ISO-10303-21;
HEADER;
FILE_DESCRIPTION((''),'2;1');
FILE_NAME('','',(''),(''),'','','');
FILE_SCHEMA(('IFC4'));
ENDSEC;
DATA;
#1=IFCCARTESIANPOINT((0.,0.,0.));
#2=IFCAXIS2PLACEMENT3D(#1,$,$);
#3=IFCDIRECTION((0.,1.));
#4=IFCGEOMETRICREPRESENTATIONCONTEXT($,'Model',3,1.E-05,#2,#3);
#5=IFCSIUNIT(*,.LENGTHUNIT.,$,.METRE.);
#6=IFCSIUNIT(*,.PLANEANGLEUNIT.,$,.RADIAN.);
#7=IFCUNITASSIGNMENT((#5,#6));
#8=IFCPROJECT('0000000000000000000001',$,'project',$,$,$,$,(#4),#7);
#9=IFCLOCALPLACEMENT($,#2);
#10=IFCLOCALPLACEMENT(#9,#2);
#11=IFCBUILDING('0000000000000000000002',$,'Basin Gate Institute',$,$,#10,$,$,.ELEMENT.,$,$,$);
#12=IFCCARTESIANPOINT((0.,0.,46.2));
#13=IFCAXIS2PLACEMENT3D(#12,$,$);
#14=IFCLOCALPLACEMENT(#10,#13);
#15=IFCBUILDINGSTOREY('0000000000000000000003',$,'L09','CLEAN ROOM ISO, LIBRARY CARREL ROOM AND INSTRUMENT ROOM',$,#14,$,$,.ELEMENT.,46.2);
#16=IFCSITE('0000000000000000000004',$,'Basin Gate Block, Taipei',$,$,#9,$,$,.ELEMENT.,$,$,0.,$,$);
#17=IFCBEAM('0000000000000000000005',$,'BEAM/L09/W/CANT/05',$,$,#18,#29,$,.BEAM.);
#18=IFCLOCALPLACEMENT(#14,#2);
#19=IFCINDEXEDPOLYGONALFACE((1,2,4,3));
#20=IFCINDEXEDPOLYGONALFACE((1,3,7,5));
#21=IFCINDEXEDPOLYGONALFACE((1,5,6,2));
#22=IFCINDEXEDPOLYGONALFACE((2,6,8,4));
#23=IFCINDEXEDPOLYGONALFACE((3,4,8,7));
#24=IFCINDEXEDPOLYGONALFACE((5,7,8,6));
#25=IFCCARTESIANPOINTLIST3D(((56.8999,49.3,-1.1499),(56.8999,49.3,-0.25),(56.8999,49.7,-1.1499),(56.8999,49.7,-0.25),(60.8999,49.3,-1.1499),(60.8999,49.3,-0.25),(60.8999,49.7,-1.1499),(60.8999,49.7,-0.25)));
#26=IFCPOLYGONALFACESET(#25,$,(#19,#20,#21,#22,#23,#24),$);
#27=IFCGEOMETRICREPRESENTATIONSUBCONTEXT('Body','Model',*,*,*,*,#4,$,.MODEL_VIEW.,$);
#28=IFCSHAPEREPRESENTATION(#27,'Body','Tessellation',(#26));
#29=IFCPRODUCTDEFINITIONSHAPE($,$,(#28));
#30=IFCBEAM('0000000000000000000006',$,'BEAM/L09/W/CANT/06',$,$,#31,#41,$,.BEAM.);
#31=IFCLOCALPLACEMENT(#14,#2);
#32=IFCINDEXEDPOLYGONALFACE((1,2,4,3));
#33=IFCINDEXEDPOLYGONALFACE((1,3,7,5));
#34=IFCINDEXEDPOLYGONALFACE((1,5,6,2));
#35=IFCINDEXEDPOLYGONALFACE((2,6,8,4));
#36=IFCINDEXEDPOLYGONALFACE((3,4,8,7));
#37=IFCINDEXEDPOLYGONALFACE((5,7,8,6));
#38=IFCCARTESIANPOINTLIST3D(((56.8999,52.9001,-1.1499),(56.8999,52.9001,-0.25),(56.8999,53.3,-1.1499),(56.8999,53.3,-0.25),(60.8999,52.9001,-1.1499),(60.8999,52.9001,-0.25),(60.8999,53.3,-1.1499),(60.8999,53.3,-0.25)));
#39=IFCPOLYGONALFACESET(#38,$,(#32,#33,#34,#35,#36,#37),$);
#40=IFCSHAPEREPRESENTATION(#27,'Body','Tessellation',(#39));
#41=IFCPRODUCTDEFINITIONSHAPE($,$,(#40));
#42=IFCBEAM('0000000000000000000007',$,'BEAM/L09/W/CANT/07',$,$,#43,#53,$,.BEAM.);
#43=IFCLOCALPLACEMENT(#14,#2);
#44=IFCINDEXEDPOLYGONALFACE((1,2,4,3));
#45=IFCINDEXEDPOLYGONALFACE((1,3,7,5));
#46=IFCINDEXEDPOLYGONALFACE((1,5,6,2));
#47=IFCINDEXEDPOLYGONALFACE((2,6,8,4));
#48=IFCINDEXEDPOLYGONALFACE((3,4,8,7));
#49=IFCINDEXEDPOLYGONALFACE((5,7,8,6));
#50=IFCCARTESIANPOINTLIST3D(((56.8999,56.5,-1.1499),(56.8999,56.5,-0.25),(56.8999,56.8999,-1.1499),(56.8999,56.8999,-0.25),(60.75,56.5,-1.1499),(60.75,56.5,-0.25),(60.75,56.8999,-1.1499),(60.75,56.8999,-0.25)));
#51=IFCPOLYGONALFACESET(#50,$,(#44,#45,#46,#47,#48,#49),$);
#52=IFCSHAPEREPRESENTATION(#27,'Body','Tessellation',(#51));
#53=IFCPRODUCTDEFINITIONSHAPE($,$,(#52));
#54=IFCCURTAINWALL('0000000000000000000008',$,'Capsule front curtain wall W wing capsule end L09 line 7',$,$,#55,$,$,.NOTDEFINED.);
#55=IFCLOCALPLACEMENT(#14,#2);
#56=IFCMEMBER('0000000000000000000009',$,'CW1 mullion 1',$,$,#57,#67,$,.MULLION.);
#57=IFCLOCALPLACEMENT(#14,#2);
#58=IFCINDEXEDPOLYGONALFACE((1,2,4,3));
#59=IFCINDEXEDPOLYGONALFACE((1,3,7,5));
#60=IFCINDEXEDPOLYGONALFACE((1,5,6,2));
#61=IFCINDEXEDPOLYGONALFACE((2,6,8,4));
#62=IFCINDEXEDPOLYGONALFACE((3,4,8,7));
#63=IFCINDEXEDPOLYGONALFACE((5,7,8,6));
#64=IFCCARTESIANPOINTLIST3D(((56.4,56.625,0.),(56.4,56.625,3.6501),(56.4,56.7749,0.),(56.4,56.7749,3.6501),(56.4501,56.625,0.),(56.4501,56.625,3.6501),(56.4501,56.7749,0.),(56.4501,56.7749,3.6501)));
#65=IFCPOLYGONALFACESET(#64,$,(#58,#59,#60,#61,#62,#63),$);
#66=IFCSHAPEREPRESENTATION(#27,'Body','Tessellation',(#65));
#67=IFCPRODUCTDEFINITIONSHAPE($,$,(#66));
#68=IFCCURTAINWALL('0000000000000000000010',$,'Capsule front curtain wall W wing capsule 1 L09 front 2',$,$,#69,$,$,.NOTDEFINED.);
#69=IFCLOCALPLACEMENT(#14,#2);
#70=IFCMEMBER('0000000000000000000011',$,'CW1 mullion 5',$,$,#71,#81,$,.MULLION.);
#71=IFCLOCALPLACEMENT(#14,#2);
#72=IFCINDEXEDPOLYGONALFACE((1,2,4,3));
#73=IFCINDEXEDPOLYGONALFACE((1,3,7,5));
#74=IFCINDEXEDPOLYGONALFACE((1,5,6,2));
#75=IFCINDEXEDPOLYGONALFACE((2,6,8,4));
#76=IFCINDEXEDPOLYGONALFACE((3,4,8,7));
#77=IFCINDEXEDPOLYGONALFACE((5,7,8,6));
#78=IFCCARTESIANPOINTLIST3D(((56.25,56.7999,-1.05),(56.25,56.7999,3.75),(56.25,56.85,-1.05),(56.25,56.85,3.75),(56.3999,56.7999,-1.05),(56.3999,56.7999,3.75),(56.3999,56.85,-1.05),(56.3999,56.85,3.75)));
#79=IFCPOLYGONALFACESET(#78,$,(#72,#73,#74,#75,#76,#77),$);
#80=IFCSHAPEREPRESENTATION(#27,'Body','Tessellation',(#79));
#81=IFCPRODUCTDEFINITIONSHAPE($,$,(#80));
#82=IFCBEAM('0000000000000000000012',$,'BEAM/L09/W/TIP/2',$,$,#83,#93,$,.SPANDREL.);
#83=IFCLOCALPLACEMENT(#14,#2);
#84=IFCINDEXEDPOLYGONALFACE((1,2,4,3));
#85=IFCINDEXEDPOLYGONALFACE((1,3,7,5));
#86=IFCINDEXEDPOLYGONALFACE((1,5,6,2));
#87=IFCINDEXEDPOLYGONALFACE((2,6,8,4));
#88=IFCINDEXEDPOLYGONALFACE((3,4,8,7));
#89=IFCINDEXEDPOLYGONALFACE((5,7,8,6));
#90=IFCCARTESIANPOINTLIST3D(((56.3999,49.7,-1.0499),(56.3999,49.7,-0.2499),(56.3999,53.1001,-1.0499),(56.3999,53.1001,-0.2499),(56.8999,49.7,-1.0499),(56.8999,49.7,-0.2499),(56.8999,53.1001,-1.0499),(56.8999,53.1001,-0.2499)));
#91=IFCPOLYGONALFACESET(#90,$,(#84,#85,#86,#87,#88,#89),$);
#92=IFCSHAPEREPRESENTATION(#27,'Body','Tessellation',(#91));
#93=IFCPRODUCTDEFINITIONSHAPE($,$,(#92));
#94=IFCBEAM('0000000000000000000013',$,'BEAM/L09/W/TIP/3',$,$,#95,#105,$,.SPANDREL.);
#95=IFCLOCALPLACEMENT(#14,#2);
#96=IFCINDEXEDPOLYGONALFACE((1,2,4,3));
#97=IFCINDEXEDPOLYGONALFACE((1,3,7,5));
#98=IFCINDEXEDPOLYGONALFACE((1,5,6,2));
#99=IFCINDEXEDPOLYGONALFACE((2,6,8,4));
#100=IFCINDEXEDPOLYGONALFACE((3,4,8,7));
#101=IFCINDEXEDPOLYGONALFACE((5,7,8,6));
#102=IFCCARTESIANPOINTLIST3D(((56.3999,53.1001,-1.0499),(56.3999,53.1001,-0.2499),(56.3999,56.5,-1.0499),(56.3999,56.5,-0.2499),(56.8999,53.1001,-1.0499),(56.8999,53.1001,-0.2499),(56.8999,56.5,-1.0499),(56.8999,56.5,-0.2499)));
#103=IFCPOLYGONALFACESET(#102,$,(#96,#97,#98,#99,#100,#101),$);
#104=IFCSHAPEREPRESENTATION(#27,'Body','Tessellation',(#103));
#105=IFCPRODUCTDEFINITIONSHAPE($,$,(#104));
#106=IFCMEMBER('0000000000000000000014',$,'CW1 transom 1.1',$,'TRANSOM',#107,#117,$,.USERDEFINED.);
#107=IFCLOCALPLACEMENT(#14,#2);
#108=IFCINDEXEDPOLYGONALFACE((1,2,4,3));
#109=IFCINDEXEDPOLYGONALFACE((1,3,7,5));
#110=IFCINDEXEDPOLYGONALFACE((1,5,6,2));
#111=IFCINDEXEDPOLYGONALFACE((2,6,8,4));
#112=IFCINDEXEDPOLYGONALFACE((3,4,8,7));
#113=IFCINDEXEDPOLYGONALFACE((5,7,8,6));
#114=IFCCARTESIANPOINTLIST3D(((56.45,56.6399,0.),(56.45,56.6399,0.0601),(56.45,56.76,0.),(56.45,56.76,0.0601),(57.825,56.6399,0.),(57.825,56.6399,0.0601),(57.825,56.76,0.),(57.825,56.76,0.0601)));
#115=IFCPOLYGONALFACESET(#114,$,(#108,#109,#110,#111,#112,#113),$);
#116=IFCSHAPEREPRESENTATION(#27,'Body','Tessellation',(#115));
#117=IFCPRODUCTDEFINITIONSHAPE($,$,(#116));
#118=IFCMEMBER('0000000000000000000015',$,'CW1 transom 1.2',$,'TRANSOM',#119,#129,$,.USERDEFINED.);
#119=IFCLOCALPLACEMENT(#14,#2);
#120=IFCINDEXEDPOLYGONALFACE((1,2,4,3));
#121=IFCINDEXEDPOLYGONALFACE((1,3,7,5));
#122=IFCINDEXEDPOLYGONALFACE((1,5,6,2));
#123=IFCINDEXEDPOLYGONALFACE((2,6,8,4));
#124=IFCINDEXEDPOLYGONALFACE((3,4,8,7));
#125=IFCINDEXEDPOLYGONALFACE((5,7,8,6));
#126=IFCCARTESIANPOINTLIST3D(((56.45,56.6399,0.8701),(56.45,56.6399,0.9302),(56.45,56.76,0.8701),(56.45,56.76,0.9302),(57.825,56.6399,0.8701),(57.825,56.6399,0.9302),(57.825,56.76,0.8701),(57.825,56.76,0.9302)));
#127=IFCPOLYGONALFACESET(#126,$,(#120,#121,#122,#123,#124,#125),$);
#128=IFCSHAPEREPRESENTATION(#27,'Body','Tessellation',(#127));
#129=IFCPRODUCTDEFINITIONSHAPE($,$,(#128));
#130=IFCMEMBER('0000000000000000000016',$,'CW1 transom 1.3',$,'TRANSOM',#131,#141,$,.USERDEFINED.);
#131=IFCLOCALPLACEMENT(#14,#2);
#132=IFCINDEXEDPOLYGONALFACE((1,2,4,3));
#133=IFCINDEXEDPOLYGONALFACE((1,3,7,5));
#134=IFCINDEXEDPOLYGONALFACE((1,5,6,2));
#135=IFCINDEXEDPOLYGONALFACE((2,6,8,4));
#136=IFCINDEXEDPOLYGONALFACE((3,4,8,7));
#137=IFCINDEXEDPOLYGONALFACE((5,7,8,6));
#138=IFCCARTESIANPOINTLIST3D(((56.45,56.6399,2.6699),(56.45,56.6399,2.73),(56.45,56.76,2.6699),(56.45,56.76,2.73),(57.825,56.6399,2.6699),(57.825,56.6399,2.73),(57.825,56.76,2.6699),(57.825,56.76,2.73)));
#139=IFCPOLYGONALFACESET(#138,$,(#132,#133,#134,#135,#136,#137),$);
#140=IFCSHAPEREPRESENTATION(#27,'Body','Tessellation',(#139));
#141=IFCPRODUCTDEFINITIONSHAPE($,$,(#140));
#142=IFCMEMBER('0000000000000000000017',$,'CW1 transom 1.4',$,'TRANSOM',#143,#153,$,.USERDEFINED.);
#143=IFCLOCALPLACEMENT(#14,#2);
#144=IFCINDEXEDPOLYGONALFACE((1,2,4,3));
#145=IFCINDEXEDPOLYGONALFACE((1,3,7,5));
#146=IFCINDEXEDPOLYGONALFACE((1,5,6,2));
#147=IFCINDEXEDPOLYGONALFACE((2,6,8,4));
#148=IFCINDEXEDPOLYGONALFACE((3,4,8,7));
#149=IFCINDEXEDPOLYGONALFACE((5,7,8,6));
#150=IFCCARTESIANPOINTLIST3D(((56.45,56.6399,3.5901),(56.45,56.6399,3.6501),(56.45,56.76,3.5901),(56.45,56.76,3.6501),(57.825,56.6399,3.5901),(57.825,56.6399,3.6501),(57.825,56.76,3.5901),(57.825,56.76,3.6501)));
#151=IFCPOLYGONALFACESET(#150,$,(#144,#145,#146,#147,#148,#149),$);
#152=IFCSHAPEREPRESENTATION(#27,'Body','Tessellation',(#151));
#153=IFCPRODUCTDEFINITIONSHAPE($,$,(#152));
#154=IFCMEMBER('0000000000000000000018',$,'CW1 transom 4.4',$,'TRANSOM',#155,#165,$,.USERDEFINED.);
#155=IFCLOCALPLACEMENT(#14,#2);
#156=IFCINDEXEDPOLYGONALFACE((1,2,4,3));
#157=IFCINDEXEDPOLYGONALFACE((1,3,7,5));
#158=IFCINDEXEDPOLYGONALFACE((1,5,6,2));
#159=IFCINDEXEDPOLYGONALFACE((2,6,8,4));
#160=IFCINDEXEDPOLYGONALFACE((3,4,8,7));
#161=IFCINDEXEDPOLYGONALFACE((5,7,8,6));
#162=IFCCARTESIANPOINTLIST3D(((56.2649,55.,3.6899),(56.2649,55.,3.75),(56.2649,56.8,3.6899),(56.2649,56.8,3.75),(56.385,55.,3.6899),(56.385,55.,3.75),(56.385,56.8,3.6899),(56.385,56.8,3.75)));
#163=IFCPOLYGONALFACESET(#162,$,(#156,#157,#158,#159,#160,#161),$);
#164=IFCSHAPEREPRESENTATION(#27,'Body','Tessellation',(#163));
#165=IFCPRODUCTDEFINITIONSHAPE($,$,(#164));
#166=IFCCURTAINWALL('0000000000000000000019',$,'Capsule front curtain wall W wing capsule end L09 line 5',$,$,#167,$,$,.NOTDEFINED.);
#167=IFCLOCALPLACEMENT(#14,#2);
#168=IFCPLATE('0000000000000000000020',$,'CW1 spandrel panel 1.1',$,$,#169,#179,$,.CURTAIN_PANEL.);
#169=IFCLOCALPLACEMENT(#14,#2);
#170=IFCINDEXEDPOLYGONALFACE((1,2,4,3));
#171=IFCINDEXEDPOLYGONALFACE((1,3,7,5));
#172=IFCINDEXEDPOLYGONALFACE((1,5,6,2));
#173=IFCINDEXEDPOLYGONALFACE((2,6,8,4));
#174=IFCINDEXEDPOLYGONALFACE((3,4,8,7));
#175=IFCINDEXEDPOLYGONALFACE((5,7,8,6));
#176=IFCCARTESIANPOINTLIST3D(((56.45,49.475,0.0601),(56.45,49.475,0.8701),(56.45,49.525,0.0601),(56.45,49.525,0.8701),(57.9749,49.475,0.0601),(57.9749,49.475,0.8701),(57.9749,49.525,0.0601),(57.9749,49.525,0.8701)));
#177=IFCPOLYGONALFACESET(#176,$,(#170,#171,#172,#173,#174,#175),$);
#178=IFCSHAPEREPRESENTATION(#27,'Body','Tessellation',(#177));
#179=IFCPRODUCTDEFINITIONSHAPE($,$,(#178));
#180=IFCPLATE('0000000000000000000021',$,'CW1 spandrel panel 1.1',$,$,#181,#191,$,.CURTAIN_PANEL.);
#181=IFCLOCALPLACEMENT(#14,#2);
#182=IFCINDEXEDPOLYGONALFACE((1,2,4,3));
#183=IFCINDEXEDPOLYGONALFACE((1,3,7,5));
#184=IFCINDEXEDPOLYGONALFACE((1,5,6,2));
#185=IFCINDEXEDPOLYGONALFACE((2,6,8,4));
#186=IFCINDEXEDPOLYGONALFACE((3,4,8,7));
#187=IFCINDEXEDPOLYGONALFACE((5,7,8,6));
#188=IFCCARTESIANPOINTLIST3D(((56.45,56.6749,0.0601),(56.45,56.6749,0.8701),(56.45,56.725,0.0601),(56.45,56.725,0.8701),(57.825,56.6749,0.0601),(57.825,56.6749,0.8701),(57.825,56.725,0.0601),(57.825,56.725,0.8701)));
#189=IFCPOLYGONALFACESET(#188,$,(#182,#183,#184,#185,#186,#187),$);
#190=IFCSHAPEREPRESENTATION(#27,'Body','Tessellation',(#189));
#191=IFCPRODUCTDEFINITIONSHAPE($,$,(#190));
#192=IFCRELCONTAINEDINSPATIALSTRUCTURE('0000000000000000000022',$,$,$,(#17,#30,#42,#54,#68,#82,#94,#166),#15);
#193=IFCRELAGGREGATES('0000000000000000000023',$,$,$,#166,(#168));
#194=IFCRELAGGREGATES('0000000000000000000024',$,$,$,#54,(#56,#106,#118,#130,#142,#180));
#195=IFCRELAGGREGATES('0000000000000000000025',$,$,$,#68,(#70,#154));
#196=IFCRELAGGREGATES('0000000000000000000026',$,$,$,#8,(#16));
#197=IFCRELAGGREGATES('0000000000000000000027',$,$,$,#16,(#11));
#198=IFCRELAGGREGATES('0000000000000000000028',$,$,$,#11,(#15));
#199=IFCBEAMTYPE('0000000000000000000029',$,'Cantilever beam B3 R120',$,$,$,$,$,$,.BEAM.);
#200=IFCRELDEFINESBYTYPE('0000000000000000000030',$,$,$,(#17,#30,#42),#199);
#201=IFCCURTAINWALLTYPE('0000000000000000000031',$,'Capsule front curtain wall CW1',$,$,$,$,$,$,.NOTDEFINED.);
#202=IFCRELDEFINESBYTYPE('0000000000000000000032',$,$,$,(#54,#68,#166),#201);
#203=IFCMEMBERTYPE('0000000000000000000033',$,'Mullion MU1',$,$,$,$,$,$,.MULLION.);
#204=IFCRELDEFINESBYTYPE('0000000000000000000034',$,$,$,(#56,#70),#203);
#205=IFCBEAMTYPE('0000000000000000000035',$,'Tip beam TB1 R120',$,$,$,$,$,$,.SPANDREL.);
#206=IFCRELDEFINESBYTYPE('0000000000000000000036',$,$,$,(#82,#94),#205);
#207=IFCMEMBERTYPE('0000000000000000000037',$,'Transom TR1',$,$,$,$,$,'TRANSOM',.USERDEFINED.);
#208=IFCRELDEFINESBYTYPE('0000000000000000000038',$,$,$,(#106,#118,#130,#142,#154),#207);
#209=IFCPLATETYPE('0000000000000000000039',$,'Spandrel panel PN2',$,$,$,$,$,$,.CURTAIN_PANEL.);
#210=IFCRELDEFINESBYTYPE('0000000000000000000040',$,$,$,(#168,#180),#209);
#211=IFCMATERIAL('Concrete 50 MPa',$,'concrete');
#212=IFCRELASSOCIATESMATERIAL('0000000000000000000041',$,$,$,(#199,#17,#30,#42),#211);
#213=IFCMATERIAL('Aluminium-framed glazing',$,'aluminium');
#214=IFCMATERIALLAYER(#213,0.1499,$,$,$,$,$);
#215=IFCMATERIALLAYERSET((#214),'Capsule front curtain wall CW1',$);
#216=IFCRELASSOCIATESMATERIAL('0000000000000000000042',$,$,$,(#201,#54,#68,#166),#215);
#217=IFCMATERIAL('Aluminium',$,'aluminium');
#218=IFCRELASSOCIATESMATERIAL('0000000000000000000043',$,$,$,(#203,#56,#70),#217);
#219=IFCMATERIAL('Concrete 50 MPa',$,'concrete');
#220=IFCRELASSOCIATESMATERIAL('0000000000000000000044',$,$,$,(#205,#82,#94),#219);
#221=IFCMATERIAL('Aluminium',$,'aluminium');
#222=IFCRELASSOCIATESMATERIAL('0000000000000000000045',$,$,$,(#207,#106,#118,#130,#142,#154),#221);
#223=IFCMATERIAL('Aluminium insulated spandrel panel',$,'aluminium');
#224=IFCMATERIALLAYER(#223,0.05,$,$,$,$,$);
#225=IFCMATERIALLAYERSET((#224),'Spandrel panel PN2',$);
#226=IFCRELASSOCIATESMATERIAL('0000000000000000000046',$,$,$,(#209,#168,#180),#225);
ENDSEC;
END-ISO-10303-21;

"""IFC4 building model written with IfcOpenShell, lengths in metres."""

from ifc_helpers import new_model, si_unit, direction, frame, origin, origin_2d, place, context, subcontext, project, spatial, rectangle, extrude, material, layer, layer_set, material_profile, profile_set, type_object, element, aggregate, save


model = new_model("IFC4")

# Units and contexts
model_context = context("Model", 3, precision=1e-05, world=origin(), true_north=direction((0.0, 1.0)))
body_context = subcontext(model_context, "Body", "Model", "MODEL_VIEW")
ifc_project = project(units=[si_unit("LENGTHUNIT", "METRE"), si_unit("PLANEANGLEUNIT", "RADIAN")], contexts=[model_context])

# Site, building, storey
site_placement = place(None, origin())
site = spatial("IfcSite", under=ifc_project, at=site_placement, Name="Basin Gate Block, Taipei", CompositionType="ELEMENT", RefElevation=0.0)
building_placement = place(site_placement, origin())
building = spatial("IfcBuilding", under=site, at=building_placement, Name="Basin Gate Institute", CompositionType="ELEMENT")
storey_placement = place(building_placement, frame((0.0, 0.0, 46.2)))
storey = spatial("IfcBuildingStorey", under=building, at=storey_placement, Name="L09", Description="CLEAN ROOM ISO, LIBRARY CARREL ROOM AND INSTRUMENT ROOM", CompositionType="ELEMENT", Elevation=46.2)

# Beams
ifc_material_1 = material(Name="Concrete 50 MPa", Category="concrete")
ifc_material_profile_1 = material_profile(ifc_material_1, rectangle(XDim=0.3999, YDim=0.8999, at=origin_2d()), Name="Cantilever beam B3 400 x 900")
ifc_profile_set_1 = profile_set([ifc_material_profile_1], Name="Concrete 50 MPa")
beam_type_1 = type_object("IfcBeamType", Name="Cantilever beam B3 R120", PredefinedType="BEAM", material=ifc_profile_set_1)
for number, where, z_axis, x_axis, name in (
    (1, (56.8999, 49.5, -0.7), (1.0, 0.0, 0.0), (0.0, 1.0, 0.0), "BEAM/L09/W/CANT/05"),
    (2, (56.8999, 53.1001, -0.7), (1.0, 0.0, 0.0), (0.0, 1.0, 0.0), "BEAM/L09/W/CANT/06"),
):
    element("IfcBeam", number, at=place(storey_placement, frame(where, z_axis=z_axis, x_axis=x_axis)), inside=storey, type_object=beam_type_1, material=ifc_profile_set_1, Name=name, PredefinedType="BEAM", context=body_context, shape_type="SweptSolid", body=[
        extrude(rectangle(XDim=0.3999, YDim=0.8999, at=origin_2d()), origin(), (0.0, 0.0, 1.0), 4.0),
    ])
beam_1_placement = place(storey_placement, frame((56.8999, 56.7, -0.7), z_axis=(1.0, 0.0, 0.0), x_axis=(0.0, 1.0, 0.0)))
element("IfcBeam", 3, at=beam_1_placement, inside=storey, type_object=beam_type_1, material=ifc_profile_set_1, Name="BEAM/L09/W/CANT/07", PredefinedType="BEAM", context=body_context, shape_type="SweptSolid", body=[
    extrude(rectangle(XDim=0.3999, YDim=0.8999, at=origin_2d()), origin(), (0.0, 0.0, 1.0), 3.8501),
])

# Curtain walls, members
ifc_material_2 = material(Name="Aluminium-framed glazing", Category="aluminium")
ifc_layer_1 = layer(ifc_material_2, 0.1499)
ifc_layer_set_1 = layer_set([ifc_layer_1], Name="Capsule front curtain wall CW1")
curtain_wall_type = type_object("IfcCurtainWallType", Name="Capsule front curtain wall CW1", PredefinedType="NOTDEFINED", material=ifc_layer_set_1)
curtain_wall_1_placement = place(storey_placement, origin())
curtain_wall_1 = element("IfcCurtainWall", 4, at=curtain_wall_1_placement, inside=storey, type_object=curtain_wall_type, material=ifc_layer_set_1, Name="Capsule front curtain wall W wing capsule end L09 line 7", PredefinedType="NOTDEFINED")
ifc_material_3 = material(Name="Aluminium", Category="aluminium")
ifc_material_profile_2 = material_profile(ifc_material_3, rectangle(XDim=0.1499, YDim=0.05, at=origin_2d()), Name="Mullion MU1 150 x 50")
ifc_profile_set_2 = profile_set([ifc_material_profile_2], Name="Aluminium")
member_type_1 = type_object("IfcMemberType", Name="Mullion MU1", PredefinedType="MULLION", material=ifc_profile_set_2)
member_1_placement = place(storey_placement, frame((56.425, 56.7, 0.0), z_axis=(0.0, 0.0, 1.0), x_axis=(0.0, 1.0, 0.0)))
member_1 = element("IfcMember", 5, at=member_1_placement, type_object=member_type_1, material=ifc_profile_set_2, Name="CW1 mullion 1", PredefinedType="MULLION", context=body_context, shape_type="SweptSolid", body=[
    extrude(rectangle(XDim=0.1499, YDim=0.05, at=origin_2d()), origin(), (0.0, 0.0, 1.0), 3.6501),
])
curtain_wall_2_placement = place(storey_placement, origin())
curtain_wall_2 = element("IfcCurtainWall", 6, at=curtain_wall_2_placement, inside=storey, type_object=curtain_wall_type, material=ifc_layer_set_1, Name="Capsule front curtain wall W wing capsule 1 L09 front 2", PredefinedType="NOTDEFINED")
member_2_placement = place(storey_placement, frame((56.325, 56.825, -1.05), z_axis=(0.0, 0.0, 1.0), x_axis=(-1.0, 0.0, 0.0)))
member_2 = element("IfcMember", 7, at=member_2_placement, type_object=member_type_1, material=ifc_profile_set_2, Name="CW1 mullion 5", PredefinedType="MULLION", context=body_context, shape_type="SweptSolid", body=[
    extrude(rectangle(XDim=0.1499, YDim=0.05, at=origin_2d()), origin(), (0.0, 0.0, 1.0), 4.8),
])

# Beams
ifc_material_4 = material(Name="Concrete 50 MPa", Category="concrete")
ifc_material_profile_3 = material_profile(ifc_material_4, rectangle(XDim=0.5, YDim=0.8, at=origin_2d()), Name="Tip beam TB1 500 x 800")
ifc_profile_set_3 = profile_set([ifc_material_profile_3], Name="Concrete 50 MPa")
beam_type_2 = type_object("IfcBeamType", Name="Tip beam TB1 R120", PredefinedType="SPANDREL", material=ifc_profile_set_3)
beam_2_placement = place(storey_placement, frame((56.6499, 49.7, -0.6499), z_axis=(0.0, 1.0, 0.0), x_axis=(-1.0, 0.0, 0.0)))
element("IfcBeam", 8, at=beam_2_placement, inside=storey, type_object=beam_type_2, material=ifc_profile_set_3, Name="BEAM/L09/W/TIP/2", PredefinedType="SPANDREL", context=body_context, shape_type="SweptSolid", body=[
    extrude(rectangle(XDim=0.5, YDim=0.8, at=origin_2d()), origin(), (0.0, 0.0, 1.0), 3.4001),
])
beam_3_placement = place(storey_placement, frame((56.6499, 53.1001, -0.6499), z_axis=(0.0, 1.0, 0.0), x_axis=(-1.0, 0.0, 0.0)))
element("IfcBeam", 9, at=beam_3_placement, inside=storey, type_object=beam_type_2, material=ifc_profile_set_3, Name="BEAM/L09/W/TIP/3", PredefinedType="SPANDREL", context=body_context, shape_type="SweptSolid", body=[
    extrude(rectangle(XDim=0.5, YDim=0.8, at=origin_2d()), origin(), (0.0, 0.0, 1.0), 3.3999),
])

# Members
ifc_material_5 = material(Name="Aluminium", Category="aluminium")
ifc_material_profile_4 = material_profile(ifc_material_5, rectangle(XDim=0.1201, YDim=0.0601, at=origin_2d()), Name="Transom TR1 120 x 60")
ifc_profile_set_4 = profile_set([ifc_material_profile_4], Name="Aluminium")
member_type_2 = type_object("IfcMemberType", Name="Transom TR1", ElementType="TRANSOM", PredefinedType="USERDEFINED", material=ifc_profile_set_4)
member_3_placement = place(storey_placement, frame((56.45, 56.7, 0.03), z_axis=(1.0, 0.0, 0.0), x_axis=(0.0, 1.0, 0.0)))
member_3 = element("IfcMember", 10, at=member_3_placement, type_object=member_type_2, material=ifc_profile_set_4, Name="CW1 transom 1.1", ObjectType="TRANSOM", PredefinedType="USERDEFINED", context=body_context, shape_type="SweptSolid", body=[
    extrude(rectangle(XDim=0.1201, YDim=0.0601, at=origin_2d()), origin(), (0.0, 0.0, 1.0), 1.375),
])
member_4_placement = place(storey_placement, frame((56.45, 56.7, 0.9001), z_axis=(1.0, 0.0, 0.0), x_axis=(0.0, 1.0, 0.0)))
member_4 = element("IfcMember", 11, at=member_4_placement, type_object=member_type_2, material=ifc_profile_set_4, Name="CW1 transom 1.2", ObjectType="TRANSOM", PredefinedType="USERDEFINED", context=body_context, shape_type="SweptSolid", body=[
    extrude(rectangle(XDim=0.1201, YDim=0.0601, at=origin_2d()), origin(), (0.0, 0.0, 1.0), 1.375),
])
member_5_placement = place(storey_placement, frame((56.45, 56.7, 2.7), z_axis=(1.0, 0.0, 0.0), x_axis=(0.0, 1.0, 0.0)))
member_5 = element("IfcMember", 12, at=member_5_placement, type_object=member_type_2, material=ifc_profile_set_4, Name="CW1 transom 1.3", ObjectType="TRANSOM", PredefinedType="USERDEFINED", context=body_context, shape_type="SweptSolid", body=[
    extrude(rectangle(XDim=0.1201, YDim=0.0601, at=origin_2d()), origin(), (0.0, 0.0, 1.0), 1.375),
])
member_6_placement = place(storey_placement, frame((56.45, 56.7, 3.6201), z_axis=(1.0, 0.0, 0.0), x_axis=(0.0, 1.0, 0.0)))
member_6 = element("IfcMember", 13, at=member_6_placement, type_object=member_type_2, material=ifc_profile_set_4, Name="CW1 transom 1.4", ObjectType="TRANSOM", PredefinedType="USERDEFINED", context=body_context, shape_type="SweptSolid", body=[
    extrude(rectangle(XDim=0.1201, YDim=0.0601, at=origin_2d()), origin(), (0.0, 0.0, 1.0), 1.375),
])
member_7_placement = place(storey_placement, frame((56.325, 55.0, 3.72), z_axis=(0.0, 1.0, 0.0), x_axis=(-1.0, 0.0, 0.0)))
member_7 = element("IfcMember", 14, at=member_7_placement, type_object=member_type_2, material=ifc_profile_set_4, Name="CW1 transom 4.4", ObjectType="TRANSOM", PredefinedType="USERDEFINED", context=body_context, shape_type="SweptSolid", body=[
    extrude(rectangle(XDim=0.1201, YDim=0.0601, at=origin_2d()), origin(), (0.0, 0.0, 1.0), 1.8),
])

# Curtain wall, plate
curtain_wall_3_placement = place(storey_placement, origin())
curtain_wall_3 = element("IfcCurtainWall", 15, at=curtain_wall_3_placement, inside=storey, type_object=curtain_wall_type, material=ifc_layer_set_1, Name="Capsule front curtain wall W wing capsule end L09 line 5", PredefinedType="NOTDEFINED")
ifc_material_6 = material(Name="Aluminium insulated spandrel panel", Category="aluminium")
ifc_layer_2 = layer(ifc_material_6, 0.05)
ifc_layer_set_2 = layer_set([ifc_layer_2], Name="Spandrel panel PN2")
plate_type_1 = type_object("IfcPlateType", Name="Spandrel panel PN2", PredefinedType="CURTAIN_PANEL", material=ifc_layer_set_2)
plate_1_placement = place(storey_placement, frame((57.2124, 49.5, 0.0601), z_axis=(0.0, 0.0, 1.0), x_axis=(1.0, 0.0, 0.0)))
plate_1 = element("IfcPlate", 16, at=plate_1_placement, type_object=plate_type_1, material=ifc_layer_set_2, Name="CW1 spandrel panel 1.1", PredefinedType="CURTAIN_PANEL", context=body_context, shape_type="SweptSolid", body=[
    extrude(rectangle(XDim=1.5249, YDim=0.05, at=origin_2d()), origin(), (0.0, 0.0, 1.0), 0.8101),
])

# Plate
plate_2_placement = place(storey_placement, frame((57.1375, 56.7, 0.0601), z_axis=(0.0, 0.0, 1.0), x_axis=(1.0, 0.0, 0.0)))
plate_2 = element("IfcPlate", 17, at=plate_2_placement, type_object=plate_type_1, material=ifc_layer_set_2, Name="CW1 spandrel panel 1.1", PredefinedType="CURTAIN_PANEL", context=body_context, shape_type="SweptSolid", body=[
    extrude(rectangle(XDim=1.375, YDim=0.05, at=origin_2d()), origin(), (0.0, 0.0, 1.0), 0.8101),
])
aggregate(curtain_wall_3, [plate_1])
aggregate(curtain_wall_1, [member_1, member_3, member_4, member_5, member_6, plate_2])
aggregate(curtain_wall_2, [member_2, member_7])

save(model, "model.ifc")
